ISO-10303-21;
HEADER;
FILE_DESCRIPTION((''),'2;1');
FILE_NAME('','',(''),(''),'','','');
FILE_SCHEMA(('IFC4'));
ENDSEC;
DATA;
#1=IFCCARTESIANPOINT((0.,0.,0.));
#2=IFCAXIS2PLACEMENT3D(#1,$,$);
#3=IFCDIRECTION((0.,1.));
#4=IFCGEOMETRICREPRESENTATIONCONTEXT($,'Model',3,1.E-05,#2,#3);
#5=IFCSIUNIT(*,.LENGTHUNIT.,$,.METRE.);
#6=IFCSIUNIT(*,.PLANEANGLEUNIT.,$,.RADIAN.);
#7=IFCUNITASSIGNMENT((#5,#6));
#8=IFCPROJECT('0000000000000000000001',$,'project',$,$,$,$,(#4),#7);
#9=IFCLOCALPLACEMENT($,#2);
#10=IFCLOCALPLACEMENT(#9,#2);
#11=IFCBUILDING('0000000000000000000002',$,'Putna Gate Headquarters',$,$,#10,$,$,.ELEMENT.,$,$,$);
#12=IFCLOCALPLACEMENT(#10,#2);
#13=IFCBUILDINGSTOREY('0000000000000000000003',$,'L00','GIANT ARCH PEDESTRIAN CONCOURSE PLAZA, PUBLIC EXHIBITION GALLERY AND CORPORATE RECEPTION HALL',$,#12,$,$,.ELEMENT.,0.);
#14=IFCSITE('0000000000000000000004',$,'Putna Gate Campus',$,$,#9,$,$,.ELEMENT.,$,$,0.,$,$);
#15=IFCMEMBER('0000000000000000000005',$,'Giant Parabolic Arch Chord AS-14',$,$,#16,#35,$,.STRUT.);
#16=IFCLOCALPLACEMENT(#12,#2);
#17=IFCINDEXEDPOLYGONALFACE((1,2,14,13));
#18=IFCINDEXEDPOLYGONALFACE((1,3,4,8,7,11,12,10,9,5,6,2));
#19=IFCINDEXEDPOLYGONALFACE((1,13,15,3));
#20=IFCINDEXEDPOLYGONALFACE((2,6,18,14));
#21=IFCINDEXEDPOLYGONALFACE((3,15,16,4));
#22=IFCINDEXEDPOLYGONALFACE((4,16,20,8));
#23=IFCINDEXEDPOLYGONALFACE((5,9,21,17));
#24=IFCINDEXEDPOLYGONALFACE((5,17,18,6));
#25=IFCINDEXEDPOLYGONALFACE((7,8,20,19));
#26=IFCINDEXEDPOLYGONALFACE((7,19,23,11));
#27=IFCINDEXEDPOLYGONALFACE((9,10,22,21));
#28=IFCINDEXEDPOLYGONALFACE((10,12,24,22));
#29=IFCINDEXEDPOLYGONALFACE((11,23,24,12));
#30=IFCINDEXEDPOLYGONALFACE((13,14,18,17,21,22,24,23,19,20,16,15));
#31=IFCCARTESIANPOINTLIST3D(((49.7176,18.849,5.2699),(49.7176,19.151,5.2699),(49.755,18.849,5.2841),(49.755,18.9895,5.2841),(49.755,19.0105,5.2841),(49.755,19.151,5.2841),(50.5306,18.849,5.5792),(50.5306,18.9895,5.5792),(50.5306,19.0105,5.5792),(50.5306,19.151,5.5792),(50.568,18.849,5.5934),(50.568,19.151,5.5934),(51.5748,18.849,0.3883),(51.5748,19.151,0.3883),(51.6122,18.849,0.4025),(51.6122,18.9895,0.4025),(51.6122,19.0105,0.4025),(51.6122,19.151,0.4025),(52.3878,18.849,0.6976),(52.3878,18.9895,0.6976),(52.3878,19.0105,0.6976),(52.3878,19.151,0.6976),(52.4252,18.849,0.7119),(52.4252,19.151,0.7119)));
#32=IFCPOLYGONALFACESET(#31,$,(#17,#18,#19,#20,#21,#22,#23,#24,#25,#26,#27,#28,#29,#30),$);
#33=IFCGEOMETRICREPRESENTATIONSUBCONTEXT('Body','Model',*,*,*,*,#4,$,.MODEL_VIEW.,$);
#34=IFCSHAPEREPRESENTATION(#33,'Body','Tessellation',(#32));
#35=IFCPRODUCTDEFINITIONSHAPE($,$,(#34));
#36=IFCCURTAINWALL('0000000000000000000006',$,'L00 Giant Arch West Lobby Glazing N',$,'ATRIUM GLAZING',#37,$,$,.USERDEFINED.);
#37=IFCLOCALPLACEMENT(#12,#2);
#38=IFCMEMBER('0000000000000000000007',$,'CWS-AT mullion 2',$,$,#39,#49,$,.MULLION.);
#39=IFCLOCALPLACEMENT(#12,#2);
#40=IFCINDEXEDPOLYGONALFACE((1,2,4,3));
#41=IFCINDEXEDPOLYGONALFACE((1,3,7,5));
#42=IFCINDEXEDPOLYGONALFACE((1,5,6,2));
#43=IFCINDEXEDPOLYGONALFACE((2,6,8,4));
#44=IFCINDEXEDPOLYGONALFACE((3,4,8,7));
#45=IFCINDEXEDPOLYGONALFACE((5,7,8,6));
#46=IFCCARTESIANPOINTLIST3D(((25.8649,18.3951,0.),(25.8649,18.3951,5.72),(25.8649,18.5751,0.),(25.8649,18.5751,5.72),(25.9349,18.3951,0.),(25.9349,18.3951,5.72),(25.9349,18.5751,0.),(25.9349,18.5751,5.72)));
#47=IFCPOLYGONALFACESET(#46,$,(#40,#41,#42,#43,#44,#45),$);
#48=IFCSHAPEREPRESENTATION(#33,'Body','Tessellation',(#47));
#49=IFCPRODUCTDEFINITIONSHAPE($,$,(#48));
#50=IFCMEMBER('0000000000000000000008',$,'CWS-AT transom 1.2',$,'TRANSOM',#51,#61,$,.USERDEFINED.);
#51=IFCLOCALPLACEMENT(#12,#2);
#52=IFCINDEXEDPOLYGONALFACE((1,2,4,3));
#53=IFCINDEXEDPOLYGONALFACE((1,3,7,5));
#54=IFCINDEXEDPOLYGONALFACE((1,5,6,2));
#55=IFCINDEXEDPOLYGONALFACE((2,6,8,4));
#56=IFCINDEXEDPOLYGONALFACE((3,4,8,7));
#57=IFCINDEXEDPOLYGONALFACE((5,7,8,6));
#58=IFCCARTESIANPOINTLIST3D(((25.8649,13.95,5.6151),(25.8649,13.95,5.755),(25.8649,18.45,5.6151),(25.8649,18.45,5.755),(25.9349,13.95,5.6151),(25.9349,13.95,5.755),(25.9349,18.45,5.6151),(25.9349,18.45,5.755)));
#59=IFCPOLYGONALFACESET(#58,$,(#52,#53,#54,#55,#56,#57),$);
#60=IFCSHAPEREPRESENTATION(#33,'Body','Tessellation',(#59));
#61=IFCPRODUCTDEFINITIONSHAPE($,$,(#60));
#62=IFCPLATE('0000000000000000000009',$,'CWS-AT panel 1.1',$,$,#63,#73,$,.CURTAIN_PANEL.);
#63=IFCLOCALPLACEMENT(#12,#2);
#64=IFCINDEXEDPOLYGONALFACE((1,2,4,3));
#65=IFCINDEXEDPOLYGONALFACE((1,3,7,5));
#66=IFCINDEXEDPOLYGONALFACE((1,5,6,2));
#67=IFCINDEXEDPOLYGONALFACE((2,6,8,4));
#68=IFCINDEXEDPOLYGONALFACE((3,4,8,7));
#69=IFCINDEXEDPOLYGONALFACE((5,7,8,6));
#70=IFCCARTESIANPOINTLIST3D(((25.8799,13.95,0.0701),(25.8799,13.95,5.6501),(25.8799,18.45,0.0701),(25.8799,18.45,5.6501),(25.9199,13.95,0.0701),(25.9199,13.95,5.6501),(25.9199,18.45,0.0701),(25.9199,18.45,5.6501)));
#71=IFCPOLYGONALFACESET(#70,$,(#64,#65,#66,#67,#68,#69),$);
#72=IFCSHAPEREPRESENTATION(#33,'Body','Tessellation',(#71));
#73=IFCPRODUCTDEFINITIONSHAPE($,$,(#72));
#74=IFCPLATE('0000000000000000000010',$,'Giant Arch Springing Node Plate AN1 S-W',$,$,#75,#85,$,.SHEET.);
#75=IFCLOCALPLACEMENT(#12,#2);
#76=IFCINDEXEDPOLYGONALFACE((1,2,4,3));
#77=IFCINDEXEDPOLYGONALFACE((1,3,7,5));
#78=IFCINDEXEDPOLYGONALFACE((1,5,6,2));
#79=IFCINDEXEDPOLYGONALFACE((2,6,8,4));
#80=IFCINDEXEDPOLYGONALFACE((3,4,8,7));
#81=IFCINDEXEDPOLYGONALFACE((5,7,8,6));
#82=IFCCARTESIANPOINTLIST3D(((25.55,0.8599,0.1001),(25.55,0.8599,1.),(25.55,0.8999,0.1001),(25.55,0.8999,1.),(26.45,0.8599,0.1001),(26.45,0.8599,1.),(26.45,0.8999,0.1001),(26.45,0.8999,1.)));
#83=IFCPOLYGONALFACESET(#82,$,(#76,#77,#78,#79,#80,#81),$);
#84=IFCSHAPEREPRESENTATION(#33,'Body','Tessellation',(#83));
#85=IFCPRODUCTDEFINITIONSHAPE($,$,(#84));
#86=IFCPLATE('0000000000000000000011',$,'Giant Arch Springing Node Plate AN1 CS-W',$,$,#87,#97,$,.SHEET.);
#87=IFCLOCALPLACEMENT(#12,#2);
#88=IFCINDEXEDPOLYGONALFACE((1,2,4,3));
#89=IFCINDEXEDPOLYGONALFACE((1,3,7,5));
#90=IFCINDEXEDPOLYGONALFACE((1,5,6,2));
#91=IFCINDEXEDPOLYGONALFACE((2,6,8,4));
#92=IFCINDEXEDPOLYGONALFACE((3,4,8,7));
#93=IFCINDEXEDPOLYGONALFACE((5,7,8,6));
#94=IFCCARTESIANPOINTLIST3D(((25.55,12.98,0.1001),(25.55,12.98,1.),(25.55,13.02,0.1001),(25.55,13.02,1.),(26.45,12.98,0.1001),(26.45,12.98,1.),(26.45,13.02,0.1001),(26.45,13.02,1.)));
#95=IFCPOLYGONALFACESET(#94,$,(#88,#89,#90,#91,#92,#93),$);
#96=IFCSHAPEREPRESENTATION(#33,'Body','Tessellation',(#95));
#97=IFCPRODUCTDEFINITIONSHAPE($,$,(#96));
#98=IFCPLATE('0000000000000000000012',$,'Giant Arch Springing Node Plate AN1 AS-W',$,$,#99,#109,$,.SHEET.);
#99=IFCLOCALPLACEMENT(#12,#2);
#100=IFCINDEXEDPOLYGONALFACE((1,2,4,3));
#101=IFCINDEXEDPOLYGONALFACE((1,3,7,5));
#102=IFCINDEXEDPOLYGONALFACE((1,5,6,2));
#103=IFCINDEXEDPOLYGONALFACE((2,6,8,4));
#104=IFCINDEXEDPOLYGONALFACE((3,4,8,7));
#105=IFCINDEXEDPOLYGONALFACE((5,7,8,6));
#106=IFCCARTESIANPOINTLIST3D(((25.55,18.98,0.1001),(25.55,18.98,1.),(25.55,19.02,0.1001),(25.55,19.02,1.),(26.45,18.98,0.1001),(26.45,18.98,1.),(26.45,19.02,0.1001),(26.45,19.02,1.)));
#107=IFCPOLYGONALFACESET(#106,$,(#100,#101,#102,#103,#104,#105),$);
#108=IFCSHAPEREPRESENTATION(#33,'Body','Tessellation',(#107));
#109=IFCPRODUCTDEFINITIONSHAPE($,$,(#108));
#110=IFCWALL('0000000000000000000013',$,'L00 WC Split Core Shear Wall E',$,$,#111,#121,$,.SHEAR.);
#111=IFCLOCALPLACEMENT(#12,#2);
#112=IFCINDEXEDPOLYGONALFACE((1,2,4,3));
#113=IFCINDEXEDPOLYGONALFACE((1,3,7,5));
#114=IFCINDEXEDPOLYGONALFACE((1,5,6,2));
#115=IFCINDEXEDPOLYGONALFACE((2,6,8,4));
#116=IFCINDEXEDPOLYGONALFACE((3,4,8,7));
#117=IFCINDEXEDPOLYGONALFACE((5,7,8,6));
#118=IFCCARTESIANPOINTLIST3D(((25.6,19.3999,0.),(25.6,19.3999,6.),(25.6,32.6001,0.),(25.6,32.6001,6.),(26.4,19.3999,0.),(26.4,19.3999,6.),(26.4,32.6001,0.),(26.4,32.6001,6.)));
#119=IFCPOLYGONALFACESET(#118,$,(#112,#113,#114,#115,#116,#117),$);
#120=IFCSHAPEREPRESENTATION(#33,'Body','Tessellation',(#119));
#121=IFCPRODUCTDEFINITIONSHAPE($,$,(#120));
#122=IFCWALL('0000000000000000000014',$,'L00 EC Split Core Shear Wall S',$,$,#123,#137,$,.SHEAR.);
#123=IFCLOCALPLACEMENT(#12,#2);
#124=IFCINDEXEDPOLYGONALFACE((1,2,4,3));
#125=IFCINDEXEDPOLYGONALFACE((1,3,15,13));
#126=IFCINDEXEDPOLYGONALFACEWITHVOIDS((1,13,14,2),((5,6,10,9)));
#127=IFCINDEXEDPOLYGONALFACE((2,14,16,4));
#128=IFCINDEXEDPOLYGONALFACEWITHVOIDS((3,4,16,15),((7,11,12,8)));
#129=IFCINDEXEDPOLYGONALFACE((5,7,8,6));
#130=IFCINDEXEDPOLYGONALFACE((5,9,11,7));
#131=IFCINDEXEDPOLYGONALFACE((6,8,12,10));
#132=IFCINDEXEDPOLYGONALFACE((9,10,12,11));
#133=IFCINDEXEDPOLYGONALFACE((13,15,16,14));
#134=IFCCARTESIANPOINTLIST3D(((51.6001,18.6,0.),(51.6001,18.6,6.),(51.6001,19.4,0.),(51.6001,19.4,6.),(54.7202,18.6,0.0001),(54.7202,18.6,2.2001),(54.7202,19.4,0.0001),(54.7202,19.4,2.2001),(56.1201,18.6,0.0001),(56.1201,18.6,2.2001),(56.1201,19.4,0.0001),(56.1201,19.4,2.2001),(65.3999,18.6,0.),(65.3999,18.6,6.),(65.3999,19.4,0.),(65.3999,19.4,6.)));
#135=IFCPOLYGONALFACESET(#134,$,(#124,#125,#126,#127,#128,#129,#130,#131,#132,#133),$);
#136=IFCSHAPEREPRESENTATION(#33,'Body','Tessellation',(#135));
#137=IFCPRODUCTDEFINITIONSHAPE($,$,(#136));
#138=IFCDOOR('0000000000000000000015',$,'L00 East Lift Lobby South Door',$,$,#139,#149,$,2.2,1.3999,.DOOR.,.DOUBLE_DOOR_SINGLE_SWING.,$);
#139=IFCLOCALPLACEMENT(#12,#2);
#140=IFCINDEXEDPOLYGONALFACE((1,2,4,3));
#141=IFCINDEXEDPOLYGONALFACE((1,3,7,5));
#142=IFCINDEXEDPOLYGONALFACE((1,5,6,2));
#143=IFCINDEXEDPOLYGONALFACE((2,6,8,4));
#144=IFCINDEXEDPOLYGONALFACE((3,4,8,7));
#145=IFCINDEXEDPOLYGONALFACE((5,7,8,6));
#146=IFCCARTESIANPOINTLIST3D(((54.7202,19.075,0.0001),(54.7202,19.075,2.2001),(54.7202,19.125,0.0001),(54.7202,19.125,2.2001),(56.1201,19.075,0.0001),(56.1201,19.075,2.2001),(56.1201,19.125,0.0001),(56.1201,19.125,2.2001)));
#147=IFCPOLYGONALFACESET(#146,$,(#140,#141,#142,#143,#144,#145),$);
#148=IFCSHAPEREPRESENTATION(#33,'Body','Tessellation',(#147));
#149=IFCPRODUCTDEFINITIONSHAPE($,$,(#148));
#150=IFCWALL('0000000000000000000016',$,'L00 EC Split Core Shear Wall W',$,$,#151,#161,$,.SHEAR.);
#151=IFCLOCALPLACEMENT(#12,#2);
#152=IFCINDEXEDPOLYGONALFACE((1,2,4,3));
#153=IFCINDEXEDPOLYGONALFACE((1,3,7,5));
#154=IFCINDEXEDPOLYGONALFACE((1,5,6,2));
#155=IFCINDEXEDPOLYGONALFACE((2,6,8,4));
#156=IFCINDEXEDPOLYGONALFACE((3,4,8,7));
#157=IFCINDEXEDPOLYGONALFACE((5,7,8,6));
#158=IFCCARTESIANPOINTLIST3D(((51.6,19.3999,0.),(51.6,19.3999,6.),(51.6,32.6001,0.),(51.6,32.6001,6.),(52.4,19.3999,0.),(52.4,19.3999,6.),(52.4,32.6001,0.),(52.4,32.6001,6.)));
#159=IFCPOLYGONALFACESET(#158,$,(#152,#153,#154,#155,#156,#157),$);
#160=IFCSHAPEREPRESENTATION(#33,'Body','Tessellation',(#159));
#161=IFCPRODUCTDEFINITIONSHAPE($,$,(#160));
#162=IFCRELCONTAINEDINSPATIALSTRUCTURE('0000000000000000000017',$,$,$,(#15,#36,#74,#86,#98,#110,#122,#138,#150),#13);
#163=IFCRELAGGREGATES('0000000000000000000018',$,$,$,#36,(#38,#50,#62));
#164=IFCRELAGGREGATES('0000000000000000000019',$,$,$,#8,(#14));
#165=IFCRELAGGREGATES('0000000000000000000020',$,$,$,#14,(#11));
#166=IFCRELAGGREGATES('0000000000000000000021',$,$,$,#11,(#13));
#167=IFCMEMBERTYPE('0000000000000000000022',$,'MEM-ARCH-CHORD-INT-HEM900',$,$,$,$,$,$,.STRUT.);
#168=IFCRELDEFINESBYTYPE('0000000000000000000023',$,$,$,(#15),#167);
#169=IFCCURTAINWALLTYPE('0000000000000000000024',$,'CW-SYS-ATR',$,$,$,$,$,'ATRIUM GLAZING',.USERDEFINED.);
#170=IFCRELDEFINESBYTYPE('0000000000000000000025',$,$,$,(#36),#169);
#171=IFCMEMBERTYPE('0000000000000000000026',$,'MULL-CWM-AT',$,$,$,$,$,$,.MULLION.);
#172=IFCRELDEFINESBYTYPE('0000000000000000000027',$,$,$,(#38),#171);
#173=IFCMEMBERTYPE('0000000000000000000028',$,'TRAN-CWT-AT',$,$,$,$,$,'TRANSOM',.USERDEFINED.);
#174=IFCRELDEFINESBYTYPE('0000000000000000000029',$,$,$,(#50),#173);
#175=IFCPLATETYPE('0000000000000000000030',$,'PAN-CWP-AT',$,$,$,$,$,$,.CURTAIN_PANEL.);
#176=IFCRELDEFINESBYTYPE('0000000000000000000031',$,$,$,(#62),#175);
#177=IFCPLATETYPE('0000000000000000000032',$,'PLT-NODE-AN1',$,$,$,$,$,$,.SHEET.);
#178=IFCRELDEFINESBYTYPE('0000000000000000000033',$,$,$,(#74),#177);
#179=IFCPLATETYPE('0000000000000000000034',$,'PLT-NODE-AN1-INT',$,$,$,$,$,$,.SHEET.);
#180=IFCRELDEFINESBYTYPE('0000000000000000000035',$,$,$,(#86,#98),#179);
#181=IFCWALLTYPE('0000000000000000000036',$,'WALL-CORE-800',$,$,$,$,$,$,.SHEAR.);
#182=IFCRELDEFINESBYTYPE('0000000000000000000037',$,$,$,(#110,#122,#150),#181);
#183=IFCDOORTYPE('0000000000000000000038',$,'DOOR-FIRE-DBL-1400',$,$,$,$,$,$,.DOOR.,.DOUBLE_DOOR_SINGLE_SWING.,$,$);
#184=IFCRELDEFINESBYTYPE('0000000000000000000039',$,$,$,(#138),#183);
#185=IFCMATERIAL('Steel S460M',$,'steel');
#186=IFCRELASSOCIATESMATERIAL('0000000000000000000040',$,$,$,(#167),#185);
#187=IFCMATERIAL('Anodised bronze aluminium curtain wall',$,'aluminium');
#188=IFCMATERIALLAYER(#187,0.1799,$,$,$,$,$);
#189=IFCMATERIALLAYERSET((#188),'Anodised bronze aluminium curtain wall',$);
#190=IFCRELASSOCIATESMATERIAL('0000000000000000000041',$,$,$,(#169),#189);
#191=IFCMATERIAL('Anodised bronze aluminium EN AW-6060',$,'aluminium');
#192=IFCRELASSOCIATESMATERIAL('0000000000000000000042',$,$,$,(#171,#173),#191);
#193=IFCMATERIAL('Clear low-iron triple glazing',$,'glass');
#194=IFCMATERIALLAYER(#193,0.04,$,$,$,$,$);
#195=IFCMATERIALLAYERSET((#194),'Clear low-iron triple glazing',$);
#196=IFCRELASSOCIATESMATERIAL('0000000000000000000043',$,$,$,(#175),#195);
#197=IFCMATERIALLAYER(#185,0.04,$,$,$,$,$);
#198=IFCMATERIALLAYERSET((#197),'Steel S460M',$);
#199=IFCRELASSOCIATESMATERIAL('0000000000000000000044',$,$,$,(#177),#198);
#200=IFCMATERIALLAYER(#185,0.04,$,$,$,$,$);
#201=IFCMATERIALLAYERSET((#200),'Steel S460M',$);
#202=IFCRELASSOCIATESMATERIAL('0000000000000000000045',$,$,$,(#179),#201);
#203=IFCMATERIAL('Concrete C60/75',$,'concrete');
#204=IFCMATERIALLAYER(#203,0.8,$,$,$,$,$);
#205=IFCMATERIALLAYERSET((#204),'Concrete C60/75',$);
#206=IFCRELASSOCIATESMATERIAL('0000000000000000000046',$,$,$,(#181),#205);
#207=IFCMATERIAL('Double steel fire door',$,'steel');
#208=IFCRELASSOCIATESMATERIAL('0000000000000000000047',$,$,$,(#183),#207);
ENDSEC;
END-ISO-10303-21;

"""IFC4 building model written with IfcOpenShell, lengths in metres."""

from ifc_helpers import new_model, si_unit, direction, frame, frame_2d, origin, origin_2d, place, context, subcontext, project, spatial, rectangle, i_section, extrude, material, layer, layer_set, material_profile, profile_set, type_object, element, fill, aggregate, save


model = new_model("IFC4")

# Units and contexts
model_context = context("Model", 3, precision=1e-05, world=origin(), true_north=direction((0.0, 1.0)))
body_context = subcontext(model_context, "Body", "Model", "MODEL_VIEW")
ifc_project = project(units=[si_unit("LENGTHUNIT", "METRE"), si_unit("PLANEANGLEUNIT", "RADIAN")], contexts=[model_context])

# Site, building, storey
site_placement = place(None, origin())
site = spatial("IfcSite", under=ifc_project, at=site_placement, Name="Putna Gate Campus", CompositionType="ELEMENT", RefElevation=0.0)
building_placement = place(site_placement, origin())
building = spatial("IfcBuilding", under=site, at=building_placement, Name="Putna Gate Headquarters", CompositionType="ELEMENT")
storey_placement = place(building_placement, origin())
storey = spatial("IfcBuildingStorey", under=building, at=storey_placement, Name="L00", Description="GIANT ARCH PEDESTRIAN CONCOURSE PLAZA, PUBLIC EXHIBITION GALLERY AND CORPORATE RECEPTION HALL", CompositionType="ELEMENT", Elevation=0.0)

# Shared definitions
ifc_material_1 = material(Name="Concrete C60/75", Category="concrete")

# Member
ifc_material_2 = material(Name="Steel S460M", Category="steel")
ifc_material_profile_1 = material_profile(ifc_material_2, i_section(OverallWidth=0.302, OverallDepth=0.9099, WebThickness=0.021, FlangeThickness=0.04, at=origin_2d()), Name="Steel S460M")
ifc_profile_set_1 = profile_set([ifc_material_profile_1], Name="Steel S460M")
member_type_1 = type_object("IfcMemberType", Name="MEM-ARCH-CHORD-INT-HEM900", PredefinedType="STRUT", material=ifc_profile_set_1)
for number, where, z_axis, x_axis, name in (
    (1, (50.1428, 19.0, 5.4316), (0.355581, 0.0, -0.934645), (0.0, 1.0, 0.0), "Giant Parabolic Arch Chord AS-14"),
):
    element("IfcMember", number, at=place(storey_placement, frame(where, z_axis=z_axis, x_axis=x_axis)), inside=storey, type_object=member_type_1, Name=name, PredefinedType="STRUT", context=body_context, shape_type="SweptSolid", body=[
        extrude(i_section(OverallWidth=0.302, OverallDepth=0.9099, WebThickness=0.021, FlangeThickness=0.04, at=origin_2d()), origin(), (0.0, 0.0, 1.0), 5.2229),
    ])

# Curtain wall, members, plate
ifc_material_3 = material(Name="Anodised bronze aluminium curtain wall", Category="aluminium")
ifc_layer_1 = layer(ifc_material_3, 0.1799)
ifc_layer_set_1 = layer_set([ifc_layer_1], Name="Anodised bronze aluminium curtain wall")
curtain_wall_type = type_object("IfcCurtainWallType", Name="CW-SYS-ATR", ElementType="ATRIUM GLAZING", PredefinedType="USERDEFINED", material=ifc_layer_set_1)
curtain_wall_placement = place(storey_placement, origin())
curtain_wall = element("IfcCurtainWall", 2, at=curtain_wall_placement, inside=storey, type_object=curtain_wall_type, Name="L00 Giant Arch West Lobby Glazing N", ObjectType="ATRIUM GLAZING", PredefinedType="USERDEFINED")
ifc_material_4 = material(Name="Anodised bronze aluminium EN AW-6060", Category="aluminium")
ifc_material_profile_2 = material_profile(ifc_material_4, rectangle(XDim=0.0701, YDim=0.1799, at=origin_2d()), Name="Anodised bronze aluminium EN AW-6060")
ifc_profile_set_2 = profile_set([ifc_material_profile_2], Name="Anodised bronze aluminium EN AW-6060")
member_type_2 = type_object("IfcMemberType", Name="MULL-CWM-AT", PredefinedType="MULLION", material=ifc_profile_set_2)
member_1_placement = place(storey_placement, frame((25.8999, 18.4851, 0.0), z_axis=(0.0, 0.0, 1.0), x_axis=(-1.0, 0.0, 0.0)))
member_1 = element("IfcMember", 3, at=member_1_placement, type_object=member_type_2, Name="CWS-AT mullion 2", PredefinedType="MULLION", context=body_context, shape_type="SweptSolid", body=[
    extrude(rectangle(XDim=0.0701, YDim=0.1799, at=origin_2d()), origin(), (0.0, 0.0, 1.0), 5.72),
])
ifc_material_profile_3 = material_profile(ifc_material_4, rectangle(XDim=0.0701, YDim=0.1399, at=origin_2d()), Name="Anodised bronze aluminium EN AW-6060")
ifc_profile_set_3 = profile_set([ifc_material_profile_3], Name="Anodised bronze aluminium EN AW-6060")
member_type_3 = type_object("IfcMemberType", Name="TRAN-CWT-AT", ElementType="TRANSOM", PredefinedType="USERDEFINED", material=ifc_profile_set_3)
member_2_placement = place(storey_placement, frame((25.8999, 13.95, 5.6851), z_axis=(0.0, 1.0, 0.0), x_axis=(-1.0, 0.0, 0.0)))
member_2 = element("IfcMember", 4, at=member_2_placement, type_object=member_type_3, Name="CWS-AT transom 1.2", ObjectType="TRANSOM", PredefinedType="USERDEFINED", context=body_context, shape_type="SweptSolid", body=[
    extrude(rectangle(XDim=0.0701, YDim=0.1399, at=origin_2d()), origin(), (0.0, 0.0, 1.0), 4.5),
])
ifc_material_5 = material(Name="Clear low-iron triple glazing", Category="glass")
ifc_layer_2 = layer(ifc_material_5, 0.04)
ifc_layer_set_2 = layer_set([ifc_layer_2], Name="Clear low-iron triple glazing")
plate_type_1 = type_object("IfcPlateType", Name="PAN-CWP-AT", PredefinedType="CURTAIN_PANEL", material=ifc_layer_set_2)
plate_1_placement = place(storey_placement, frame((25.8999, 16.2, 0.0701), z_axis=(0.0, 0.0, 1.0), x_axis=(0.0, 1.0, 0.0)))
plate_1 = element("IfcPlate", 5, at=plate_1_placement, type_object=plate_type_1, Name="CWS-AT panel 1.1", PredefinedType="CURTAIN_PANEL", context=body_context, shape_type="SweptSolid", body=[
    extrude(rectangle(XDim=4.5, YDim=0.04, at=origin_2d()), origin(), (0.0, 0.0, 1.0), 5.5801),
])
aggregate(curtain_wall, [member_1, member_2, plate_1])

# Plates
ifc_layer_3 = layer(ifc_material_2, 0.04)
ifc_layer_set_3 = layer_set([ifc_layer_3], Name="Steel S460M")
plate_type_2 = type_object("IfcPlateType", Name="PLT-NODE-AN1", PredefinedType="SHEET", material=ifc_layer_set_3)
plate_2_placement = place(storey_placement, frame((26.0, 0.8799, 0.1001), z_axis=(0.0, 0.0, 1.0), x_axis=(1.0, 0.0, 0.0)))
element("IfcPlate", 6, at=plate_2_placement, inside=storey, type_object=plate_type_2, Name="Giant Arch Springing Node Plate AN1 S-W", PredefinedType="SHEET", context=body_context, shape_type="SweptSolid", body=[
    extrude(rectangle(XDim=0.8999, YDim=0.04, at=origin_2d()), origin(), (0.0, 0.0, 1.0), 0.8999),
])
ifc_layer_4 = layer(ifc_material_2, 0.04)
ifc_layer_set_4 = layer_set([ifc_layer_4], Name="Steel S460M")
plate_type_3 = type_object("IfcPlateType", Name="PLT-NODE-AN1-INT", PredefinedType="SHEET", material=ifc_layer_set_4)
for number, where, z_axis, x_axis, name in (
    (7, (26.0, 13.0, 0.1001), (0.0, 0.0, 1.0), (1.0, 0.0, 0.0), "Giant Arch Springing Node Plate AN1 CS-W"),
    (8, (26.0, 19.0, 0.1001), (0.0, 0.0, 1.0), (1.0, 0.0, 0.0), "Giant Arch Springing Node Plate AN1 AS-W"),
):
    element("IfcPlate", number, at=place(storey_placement, frame(where, z_axis=z_axis, x_axis=x_axis)), inside=storey, type_object=plate_type_3, Name=name, PredefinedType="SHEET", context=body_context, shape_type="SweptSolid", body=[
        extrude(rectangle(XDim=0.8999, YDim=0.04, at=origin_2d()), origin(), (0.0, 0.0, 1.0), 0.8999),
    ])

# Wall
ifc_layer_5 = layer(ifc_material_1, 0.8)
ifc_layer_set_5 = layer_set([ifc_layer_5], Name="Concrete C60/75")
wall_type_1 = type_object("IfcWallType", Name="WALL-CORE-800", PredefinedType="SHEAR", material=ifc_layer_set_5)
wall_1_placement = place(storey_placement, frame((26.0, 19.3999, 0.0), z_axis=(0.0, 0.0, 1.0), x_axis=(0.0, 1.0, 0.0)))
element("IfcWall", 9, at=wall_1_placement, inside=storey, type_object=wall_type_1, Name="L00 WC Split Core Shear Wall E", PredefinedType="SHEAR", context=body_context, shape_type="SweptSolid", body=[
    extrude(rectangle(XDim=13.2002, YDim=0.8, at=frame_2d((6.6001, 0.0))), origin(), (0.0, 0.0, 1.0), 6.0),
])

# Wall, opening, door
wall_2_placement = place(storey_placement, frame((51.6001, 19.0, 0.0), z_axis=(0.0, 0.0, 1.0), x_axis=(1.0, 0.0, 0.0)))
wall_2 = element("IfcWall", 10, at=wall_2_placement, inside=storey, type_object=wall_type_1, Name="L00 EC Split Core Shear Wall S", PredefinedType="SHEAR", context=body_context, shape_type="SweptSolid", body=[
    extrude(rectangle(XDim=13.7998, YDim=0.8, at=frame_2d((6.8999, 0.0))), origin(), (0.0, 0.0, 1.0), 6.0),
])
opening_1_placement = place(wall_2_placement, frame((3.1201, 0.0, 0.0)))
opening_1 = element("IfcOpeningElement", 11, at=opening_1_placement, cuts=wall_2, PredefinedType="OPENING", context=body_context, shape_type="SweptSolid", body=[
    extrude(rectangle(XDim=1.3999, YDim=2.2, at=frame_2d((0.7, 1.1001))), frame((0.0, 0.4099, 0.0), z_axis=(0.0, -1.0, 0.0), x_axis=(1.0, 0.0, 0.0)), (0.0, 0.0, 1.0), 0.8201),
])
ifc_material_6 = material(Name="Double steel fire door", Category="steel")
door_type_1 = type_object("IfcDoorType", Name="DOOR-FIRE-DBL-1400", OperationType="DOUBLE_DOOR_SINGLE_SWING", PredefinedType="DOOR", material=ifc_material_6)
door_1_placement = place(opening_1_placement, origin())
door_1 = element("IfcDoor", 12, at=door_1_placement, inside=storey, type_object=door_type_1, Name="L00 East Lift Lobby South Door", OperationType="DOUBLE_DOOR_SINGLE_SWING", OverallHeight=2.2, OverallWidth=1.3999, PredefinedType="DOOR", context=body_context, shape_type="SweptSolid", body=[
    extrude(rectangle(XDim=1.3999, YDim=2.2, at=frame_2d((0.7, 1.1001))), frame((0.0, 0.125, 0.0), z_axis=(0.0, -1.0, 0.0), x_axis=(1.0, 0.0, 0.0)), (0.0, 0.0, 1.0), 0.05),
])
fill(opening_1, door_1)

# Wall
wall_3_placement = place(storey_placement, frame((52.0, 19.3999, 0.0), z_axis=(0.0, 0.0, 1.0), x_axis=(0.0, 1.0, 0.0)))
element("IfcWall", 13, at=wall_3_placement, inside=storey, type_object=wall_type_1, Name="L00 EC Split Core Shear Wall W", PredefinedType="SHEAR", context=body_context, shape_type="SweptSolid", body=[
    extrude(rectangle(XDim=13.2002, YDim=0.8, at=frame_2d((6.6001, 0.0))), origin(), (0.0, 0.0, 1.0), 6.0),
])

save(model, "model.ifc")
